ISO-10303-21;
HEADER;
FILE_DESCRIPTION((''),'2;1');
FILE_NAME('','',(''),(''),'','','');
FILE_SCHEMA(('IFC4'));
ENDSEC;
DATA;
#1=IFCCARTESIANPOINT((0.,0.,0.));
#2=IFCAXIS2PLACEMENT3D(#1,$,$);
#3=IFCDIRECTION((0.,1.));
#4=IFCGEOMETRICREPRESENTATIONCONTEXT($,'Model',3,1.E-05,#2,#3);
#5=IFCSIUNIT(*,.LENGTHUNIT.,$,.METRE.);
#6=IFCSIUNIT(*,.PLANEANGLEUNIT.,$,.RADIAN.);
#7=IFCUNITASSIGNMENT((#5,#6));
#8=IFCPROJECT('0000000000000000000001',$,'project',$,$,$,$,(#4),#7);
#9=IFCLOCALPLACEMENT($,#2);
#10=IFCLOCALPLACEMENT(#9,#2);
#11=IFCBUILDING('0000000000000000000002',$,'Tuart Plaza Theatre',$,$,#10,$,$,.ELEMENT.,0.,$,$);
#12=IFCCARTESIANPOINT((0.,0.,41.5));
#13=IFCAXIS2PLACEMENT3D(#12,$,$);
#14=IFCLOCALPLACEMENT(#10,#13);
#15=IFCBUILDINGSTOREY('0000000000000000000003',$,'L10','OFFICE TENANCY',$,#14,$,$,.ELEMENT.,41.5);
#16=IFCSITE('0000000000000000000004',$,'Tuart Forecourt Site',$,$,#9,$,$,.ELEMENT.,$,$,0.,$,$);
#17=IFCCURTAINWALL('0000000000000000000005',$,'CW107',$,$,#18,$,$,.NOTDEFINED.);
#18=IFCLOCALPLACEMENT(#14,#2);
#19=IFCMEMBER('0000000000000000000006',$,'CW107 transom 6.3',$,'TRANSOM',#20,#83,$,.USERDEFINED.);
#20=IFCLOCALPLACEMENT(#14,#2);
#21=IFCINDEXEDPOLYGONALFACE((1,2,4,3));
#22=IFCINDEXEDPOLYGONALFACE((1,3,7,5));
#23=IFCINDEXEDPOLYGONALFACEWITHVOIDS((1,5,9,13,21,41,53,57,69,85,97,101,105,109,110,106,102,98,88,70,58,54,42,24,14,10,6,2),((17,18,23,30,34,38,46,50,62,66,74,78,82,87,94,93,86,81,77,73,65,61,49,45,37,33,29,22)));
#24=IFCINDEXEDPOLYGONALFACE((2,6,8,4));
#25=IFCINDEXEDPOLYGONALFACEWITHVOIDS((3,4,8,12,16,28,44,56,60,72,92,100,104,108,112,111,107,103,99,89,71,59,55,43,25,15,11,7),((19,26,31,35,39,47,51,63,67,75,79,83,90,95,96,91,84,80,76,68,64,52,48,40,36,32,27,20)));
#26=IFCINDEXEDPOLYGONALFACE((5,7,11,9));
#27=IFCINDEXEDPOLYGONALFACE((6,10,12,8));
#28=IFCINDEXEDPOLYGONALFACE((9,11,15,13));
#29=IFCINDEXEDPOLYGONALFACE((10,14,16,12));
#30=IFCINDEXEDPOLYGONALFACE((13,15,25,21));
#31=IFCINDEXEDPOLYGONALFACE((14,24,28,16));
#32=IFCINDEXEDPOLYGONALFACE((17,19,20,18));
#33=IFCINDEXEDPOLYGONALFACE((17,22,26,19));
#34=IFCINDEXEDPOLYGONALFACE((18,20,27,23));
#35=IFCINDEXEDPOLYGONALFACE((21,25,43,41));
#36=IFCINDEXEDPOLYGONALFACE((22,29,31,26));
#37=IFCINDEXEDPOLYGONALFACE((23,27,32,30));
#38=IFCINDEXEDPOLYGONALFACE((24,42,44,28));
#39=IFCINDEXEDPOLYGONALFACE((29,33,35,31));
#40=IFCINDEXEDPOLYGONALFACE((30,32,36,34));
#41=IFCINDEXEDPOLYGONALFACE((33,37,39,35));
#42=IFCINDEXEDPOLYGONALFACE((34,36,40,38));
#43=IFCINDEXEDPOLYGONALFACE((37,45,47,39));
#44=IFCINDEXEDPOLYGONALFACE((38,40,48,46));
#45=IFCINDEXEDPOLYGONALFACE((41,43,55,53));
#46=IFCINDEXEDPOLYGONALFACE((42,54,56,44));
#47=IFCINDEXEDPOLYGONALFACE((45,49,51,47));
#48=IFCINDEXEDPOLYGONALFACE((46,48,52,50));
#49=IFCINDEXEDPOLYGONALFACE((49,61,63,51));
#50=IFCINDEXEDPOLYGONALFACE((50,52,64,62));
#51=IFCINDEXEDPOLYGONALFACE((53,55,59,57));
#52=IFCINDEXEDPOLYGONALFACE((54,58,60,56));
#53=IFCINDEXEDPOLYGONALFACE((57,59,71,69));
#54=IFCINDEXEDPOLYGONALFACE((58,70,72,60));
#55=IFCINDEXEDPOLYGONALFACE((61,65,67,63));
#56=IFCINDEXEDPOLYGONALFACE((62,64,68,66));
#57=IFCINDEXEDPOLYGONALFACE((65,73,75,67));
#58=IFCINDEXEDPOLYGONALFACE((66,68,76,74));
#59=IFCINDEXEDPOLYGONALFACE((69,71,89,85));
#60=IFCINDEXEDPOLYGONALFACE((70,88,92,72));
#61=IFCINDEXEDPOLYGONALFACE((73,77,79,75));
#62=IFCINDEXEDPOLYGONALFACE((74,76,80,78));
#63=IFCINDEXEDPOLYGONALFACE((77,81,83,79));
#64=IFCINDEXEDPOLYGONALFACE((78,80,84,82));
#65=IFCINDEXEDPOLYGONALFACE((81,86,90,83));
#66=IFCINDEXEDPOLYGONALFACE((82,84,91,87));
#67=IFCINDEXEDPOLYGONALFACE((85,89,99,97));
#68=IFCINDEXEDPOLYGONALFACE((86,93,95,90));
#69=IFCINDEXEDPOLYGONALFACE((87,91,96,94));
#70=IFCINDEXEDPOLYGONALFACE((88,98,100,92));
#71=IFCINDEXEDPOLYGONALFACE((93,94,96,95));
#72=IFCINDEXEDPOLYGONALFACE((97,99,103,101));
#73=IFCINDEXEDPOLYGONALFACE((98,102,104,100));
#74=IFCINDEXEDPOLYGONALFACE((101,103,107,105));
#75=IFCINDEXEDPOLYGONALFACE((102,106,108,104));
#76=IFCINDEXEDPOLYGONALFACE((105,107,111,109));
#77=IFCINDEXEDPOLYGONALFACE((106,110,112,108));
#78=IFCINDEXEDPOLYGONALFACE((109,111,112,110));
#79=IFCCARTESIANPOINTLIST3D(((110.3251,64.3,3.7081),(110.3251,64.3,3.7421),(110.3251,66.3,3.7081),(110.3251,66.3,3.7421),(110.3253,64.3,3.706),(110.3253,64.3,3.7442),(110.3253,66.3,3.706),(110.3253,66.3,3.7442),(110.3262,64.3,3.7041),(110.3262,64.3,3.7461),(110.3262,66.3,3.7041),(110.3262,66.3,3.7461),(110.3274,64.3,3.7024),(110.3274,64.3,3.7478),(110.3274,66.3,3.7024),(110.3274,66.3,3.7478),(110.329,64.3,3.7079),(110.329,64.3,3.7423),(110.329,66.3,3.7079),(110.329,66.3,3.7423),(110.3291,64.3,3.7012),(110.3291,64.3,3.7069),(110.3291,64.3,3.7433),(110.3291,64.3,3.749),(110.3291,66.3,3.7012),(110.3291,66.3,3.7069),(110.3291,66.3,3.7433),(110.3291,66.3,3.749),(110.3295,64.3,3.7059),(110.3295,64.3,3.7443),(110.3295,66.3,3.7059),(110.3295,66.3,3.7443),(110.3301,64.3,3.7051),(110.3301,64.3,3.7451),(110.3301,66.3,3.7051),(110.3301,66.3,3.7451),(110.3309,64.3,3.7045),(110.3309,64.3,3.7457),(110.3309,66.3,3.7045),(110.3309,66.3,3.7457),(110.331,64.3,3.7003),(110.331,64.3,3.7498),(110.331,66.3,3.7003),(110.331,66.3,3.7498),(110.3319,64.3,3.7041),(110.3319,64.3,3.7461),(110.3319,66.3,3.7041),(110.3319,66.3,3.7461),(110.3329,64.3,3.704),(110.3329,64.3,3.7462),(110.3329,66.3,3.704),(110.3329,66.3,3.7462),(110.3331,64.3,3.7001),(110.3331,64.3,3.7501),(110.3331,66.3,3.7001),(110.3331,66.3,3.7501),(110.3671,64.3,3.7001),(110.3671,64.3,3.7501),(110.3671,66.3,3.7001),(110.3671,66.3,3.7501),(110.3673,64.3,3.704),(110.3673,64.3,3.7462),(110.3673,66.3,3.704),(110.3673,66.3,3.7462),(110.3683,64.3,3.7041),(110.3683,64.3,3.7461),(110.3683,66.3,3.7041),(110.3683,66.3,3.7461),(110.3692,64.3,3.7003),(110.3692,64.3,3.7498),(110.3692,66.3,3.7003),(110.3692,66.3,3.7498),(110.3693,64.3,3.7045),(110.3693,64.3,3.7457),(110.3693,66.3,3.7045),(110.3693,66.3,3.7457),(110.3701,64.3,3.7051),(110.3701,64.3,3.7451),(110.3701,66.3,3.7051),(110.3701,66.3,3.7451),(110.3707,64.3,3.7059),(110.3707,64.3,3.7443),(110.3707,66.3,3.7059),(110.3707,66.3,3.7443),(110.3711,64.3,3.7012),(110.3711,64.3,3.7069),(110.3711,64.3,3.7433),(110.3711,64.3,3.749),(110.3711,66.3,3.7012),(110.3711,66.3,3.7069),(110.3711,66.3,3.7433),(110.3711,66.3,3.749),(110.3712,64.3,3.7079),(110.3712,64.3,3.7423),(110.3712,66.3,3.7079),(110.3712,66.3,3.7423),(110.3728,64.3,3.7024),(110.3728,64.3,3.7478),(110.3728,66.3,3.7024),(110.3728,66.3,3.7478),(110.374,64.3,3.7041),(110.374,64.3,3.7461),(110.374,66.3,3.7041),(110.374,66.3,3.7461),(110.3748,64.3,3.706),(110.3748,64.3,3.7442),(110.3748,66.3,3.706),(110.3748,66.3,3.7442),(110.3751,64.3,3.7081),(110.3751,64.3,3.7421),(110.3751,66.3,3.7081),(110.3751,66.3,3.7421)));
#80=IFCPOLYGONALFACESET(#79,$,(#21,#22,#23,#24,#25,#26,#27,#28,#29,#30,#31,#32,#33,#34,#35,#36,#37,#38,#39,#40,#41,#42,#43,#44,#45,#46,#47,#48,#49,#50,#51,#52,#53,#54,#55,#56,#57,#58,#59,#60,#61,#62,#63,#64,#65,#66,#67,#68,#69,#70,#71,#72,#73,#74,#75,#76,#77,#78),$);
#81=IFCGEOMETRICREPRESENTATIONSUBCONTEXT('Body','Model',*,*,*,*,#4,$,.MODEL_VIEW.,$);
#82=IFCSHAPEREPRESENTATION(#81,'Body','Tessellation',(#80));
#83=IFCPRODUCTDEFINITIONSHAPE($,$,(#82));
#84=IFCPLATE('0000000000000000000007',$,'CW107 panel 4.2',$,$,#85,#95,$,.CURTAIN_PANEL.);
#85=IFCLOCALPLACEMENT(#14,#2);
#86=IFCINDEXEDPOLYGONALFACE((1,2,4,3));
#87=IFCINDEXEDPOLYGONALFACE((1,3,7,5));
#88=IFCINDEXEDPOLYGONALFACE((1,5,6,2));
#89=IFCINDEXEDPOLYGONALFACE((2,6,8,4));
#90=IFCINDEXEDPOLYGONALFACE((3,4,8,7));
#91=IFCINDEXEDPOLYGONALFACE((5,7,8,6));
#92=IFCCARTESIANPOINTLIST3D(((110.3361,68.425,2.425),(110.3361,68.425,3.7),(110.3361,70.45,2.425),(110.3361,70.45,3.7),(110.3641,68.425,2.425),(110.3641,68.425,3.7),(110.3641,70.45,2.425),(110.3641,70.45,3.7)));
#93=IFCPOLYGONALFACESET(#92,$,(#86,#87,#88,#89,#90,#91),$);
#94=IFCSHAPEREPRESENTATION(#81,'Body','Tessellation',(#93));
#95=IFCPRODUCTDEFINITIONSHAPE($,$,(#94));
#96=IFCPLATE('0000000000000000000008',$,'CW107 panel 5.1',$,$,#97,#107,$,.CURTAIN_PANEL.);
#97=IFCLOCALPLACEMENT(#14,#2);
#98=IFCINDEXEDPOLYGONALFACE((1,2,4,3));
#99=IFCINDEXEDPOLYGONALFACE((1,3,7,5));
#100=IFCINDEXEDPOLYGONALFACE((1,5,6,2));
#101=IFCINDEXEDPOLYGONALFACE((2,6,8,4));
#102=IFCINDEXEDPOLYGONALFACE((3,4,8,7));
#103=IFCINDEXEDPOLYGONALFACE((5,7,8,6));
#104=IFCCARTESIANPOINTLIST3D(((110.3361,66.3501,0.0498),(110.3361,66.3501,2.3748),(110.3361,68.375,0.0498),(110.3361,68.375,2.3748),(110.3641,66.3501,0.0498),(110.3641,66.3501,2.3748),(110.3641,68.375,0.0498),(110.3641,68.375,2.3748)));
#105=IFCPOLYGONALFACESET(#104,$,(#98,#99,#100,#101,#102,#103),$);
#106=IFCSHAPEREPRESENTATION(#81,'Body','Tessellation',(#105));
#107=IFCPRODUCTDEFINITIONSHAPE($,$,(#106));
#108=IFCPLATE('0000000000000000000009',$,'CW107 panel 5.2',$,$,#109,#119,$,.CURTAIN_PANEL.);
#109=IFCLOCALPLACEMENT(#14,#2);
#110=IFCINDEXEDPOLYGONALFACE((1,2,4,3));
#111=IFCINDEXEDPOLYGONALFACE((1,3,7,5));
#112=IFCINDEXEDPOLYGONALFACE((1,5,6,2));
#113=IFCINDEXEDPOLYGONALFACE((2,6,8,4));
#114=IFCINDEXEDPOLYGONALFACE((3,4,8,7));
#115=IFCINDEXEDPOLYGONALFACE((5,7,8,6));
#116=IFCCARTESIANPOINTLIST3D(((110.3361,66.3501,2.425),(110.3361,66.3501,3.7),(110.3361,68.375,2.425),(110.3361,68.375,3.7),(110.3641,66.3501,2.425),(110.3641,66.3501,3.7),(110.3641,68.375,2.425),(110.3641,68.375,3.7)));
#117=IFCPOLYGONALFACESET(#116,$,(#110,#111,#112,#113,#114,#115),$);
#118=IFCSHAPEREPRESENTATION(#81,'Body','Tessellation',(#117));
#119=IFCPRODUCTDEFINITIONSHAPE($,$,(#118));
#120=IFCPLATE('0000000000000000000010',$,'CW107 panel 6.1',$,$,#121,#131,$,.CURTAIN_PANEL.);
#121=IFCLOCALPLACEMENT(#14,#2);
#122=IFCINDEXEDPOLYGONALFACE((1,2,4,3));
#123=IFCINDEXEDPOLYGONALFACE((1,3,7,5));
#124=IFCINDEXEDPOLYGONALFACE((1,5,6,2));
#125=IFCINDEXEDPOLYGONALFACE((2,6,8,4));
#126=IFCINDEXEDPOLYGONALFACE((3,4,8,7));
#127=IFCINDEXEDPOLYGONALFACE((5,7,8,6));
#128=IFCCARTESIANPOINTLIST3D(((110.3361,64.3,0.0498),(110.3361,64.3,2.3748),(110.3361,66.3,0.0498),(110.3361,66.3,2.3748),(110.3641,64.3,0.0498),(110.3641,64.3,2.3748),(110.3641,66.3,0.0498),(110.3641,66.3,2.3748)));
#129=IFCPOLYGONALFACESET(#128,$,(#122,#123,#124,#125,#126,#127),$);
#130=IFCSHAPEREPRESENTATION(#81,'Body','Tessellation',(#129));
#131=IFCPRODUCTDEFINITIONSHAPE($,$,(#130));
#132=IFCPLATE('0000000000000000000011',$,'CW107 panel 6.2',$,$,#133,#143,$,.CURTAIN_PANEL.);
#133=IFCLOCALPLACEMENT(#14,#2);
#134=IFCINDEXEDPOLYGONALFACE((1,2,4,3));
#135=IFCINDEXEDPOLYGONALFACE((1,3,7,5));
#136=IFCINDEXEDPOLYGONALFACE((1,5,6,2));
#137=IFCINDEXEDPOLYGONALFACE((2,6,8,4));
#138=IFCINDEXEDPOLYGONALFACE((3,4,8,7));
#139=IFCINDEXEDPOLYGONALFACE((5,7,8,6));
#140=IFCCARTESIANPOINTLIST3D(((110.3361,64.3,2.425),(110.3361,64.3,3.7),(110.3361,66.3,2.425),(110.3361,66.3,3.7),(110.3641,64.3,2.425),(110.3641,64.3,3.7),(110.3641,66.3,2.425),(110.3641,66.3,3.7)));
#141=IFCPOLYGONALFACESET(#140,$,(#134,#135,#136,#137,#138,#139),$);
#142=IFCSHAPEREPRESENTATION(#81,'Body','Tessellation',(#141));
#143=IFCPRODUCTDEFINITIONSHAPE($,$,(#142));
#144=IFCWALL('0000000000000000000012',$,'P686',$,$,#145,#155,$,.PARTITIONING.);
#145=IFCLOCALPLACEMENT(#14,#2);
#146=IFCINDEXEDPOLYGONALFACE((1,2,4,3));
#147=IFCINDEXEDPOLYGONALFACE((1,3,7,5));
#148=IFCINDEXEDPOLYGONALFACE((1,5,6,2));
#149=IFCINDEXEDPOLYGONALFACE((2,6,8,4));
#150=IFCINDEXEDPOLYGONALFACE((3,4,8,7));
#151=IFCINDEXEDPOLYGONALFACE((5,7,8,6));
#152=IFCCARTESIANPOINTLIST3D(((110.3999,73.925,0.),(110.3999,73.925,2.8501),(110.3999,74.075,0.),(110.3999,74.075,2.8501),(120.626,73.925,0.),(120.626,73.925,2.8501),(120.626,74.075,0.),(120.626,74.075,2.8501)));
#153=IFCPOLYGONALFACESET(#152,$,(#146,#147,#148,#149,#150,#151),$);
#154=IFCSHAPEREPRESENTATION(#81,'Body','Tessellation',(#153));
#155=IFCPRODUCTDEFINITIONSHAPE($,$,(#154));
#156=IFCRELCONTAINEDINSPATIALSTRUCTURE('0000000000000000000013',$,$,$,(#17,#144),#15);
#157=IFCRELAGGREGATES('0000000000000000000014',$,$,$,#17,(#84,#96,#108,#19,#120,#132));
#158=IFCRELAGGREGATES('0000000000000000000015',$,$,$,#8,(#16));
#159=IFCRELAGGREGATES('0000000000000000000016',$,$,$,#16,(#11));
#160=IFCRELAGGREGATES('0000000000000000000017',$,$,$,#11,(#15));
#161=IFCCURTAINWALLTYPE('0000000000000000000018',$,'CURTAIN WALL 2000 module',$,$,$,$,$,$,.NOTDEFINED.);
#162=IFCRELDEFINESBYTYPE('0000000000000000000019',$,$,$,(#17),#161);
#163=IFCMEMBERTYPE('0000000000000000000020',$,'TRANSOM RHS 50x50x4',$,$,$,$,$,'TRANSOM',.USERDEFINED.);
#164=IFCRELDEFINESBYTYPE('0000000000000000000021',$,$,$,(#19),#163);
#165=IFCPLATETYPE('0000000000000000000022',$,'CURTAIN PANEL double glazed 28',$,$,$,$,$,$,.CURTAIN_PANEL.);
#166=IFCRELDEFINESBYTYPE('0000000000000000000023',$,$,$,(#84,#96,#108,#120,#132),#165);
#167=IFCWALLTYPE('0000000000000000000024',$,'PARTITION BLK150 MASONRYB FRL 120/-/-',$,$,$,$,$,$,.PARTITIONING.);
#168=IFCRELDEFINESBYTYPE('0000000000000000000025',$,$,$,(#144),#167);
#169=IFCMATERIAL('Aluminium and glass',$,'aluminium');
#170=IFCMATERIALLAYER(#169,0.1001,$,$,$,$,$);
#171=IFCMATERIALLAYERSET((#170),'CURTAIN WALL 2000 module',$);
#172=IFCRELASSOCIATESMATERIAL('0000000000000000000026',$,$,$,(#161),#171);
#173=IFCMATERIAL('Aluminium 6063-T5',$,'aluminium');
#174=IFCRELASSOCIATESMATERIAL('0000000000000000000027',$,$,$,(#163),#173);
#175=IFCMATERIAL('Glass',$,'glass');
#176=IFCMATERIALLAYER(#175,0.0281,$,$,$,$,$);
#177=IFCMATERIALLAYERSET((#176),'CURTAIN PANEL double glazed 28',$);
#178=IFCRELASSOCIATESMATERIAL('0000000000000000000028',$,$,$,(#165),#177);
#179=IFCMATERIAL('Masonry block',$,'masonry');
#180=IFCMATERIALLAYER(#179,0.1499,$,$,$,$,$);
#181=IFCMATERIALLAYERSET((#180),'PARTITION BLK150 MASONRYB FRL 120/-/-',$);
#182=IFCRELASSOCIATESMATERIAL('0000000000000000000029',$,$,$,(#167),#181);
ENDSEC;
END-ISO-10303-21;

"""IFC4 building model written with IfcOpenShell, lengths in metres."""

from ifc_helpers import new_model, si_unit, direction, frame, frame_2d, origin, origin_2d, place, context, subcontext, project, spatial, rectangle, hollow_rectangle, extrude, material, layer, layer_set, material_profile, profile_set, type_object, element, aggregate, save


model = new_model("IFC4")

# Units and contexts
model_context = context("Model", 3, precision=1e-05, world=origin(), true_north=direction((0.0, 1.0)))
body_context = subcontext(model_context, "Body", "Model", "MODEL_VIEW")
ifc_project = project(units=[si_unit("LENGTHUNIT", "METRE"), si_unit("PLANEANGLEUNIT", "RADIAN")], contexts=[model_context])

# Site, building, storey
site_placement = place(None, origin())
site = spatial("IfcSite", under=ifc_project, at=site_placement, Name="Tuart Forecourt Site", CompositionType="ELEMENT", RefElevation=0.0)
building_placement = place(site_placement, origin())
building = spatial("IfcBuilding", under=site, at=building_placement, Name="Tuart Plaza Theatre", CompositionType="ELEMENT", ElevationOfRefHeight=0.0)
storey_placement = place(building_placement, frame((0.0, 0.0, 41.5)))
storey = spatial("IfcBuildingStorey", under=building, at=storey_placement, Name="L10", Description="OFFICE TENANCY", CompositionType="ELEMENT", Elevation=41.5)

# Curtain wall, member, plates
ifc_material_1 = material(Name="Aluminium and glass", Category="aluminium")
ifc_layer_1 = layer(ifc_material_1, 0.1001)
ifc_layer_set_1 = layer_set([ifc_layer_1], Name="CURTAIN WALL 2000 module")
curtain_wall_type = type_object("IfcCurtainWallType", Name="CURTAIN WALL 2000 module", PredefinedType="NOTDEFINED", material=ifc_layer_set_1)
curtain_wall_placement = place(storey_placement, origin())
curtain_wall = element("IfcCurtainWall", 1, at=curtain_wall_placement, inside=storey, type_object=curtain_wall_type, Name="CW107", PredefinedType="NOTDEFINED")
ifc_material_2 = material(Name="Aluminium 6063-T5", Category="aluminium")
ifc_material_profile_1 = material_profile(ifc_material_2, hollow_rectangle(XDim=0.05, YDim=0.05, WallThickness=0.0039, InnerFilletRadius=0.0039, OuterFilletRadius=0.0081, at=origin_2d()), Name="RHS 50x50x4")
ifc_profile_set_1 = profile_set([ifc_material_profile_1], Name="Aluminium 6063-T5")
member_type = type_object("IfcMemberType", Name="TRANSOM RHS 50x50x4", ElementType="TRANSOM", PredefinedType="USERDEFINED", material=ifc_profile_set_1)
member_1_placement = place(storey_placement, frame((110.3501, 66.3, 3.7251), z_axis=(0.0, -1.0, 0.0), x_axis=(1.0, 0.0, 0.0)))
member_1 = element("IfcMember", 2, at=member_1_placement, type_object=member_type, Name="CW107 transom 6.3", ObjectType="TRANSOM", PredefinedType="USERDEFINED", context=body_context, shape_type="SweptSolid", body=[
    extrude(hollow_rectangle(XDim=0.05, YDim=0.05, WallThickness=0.0039, InnerFilletRadius=0.0039, OuterFilletRadius=0.0081, at=origin_2d()), origin(), (0.0, 0.0, 1.0), 2.0),
])
ifc_material_3 = material(Name="Glass", Category="glass")
ifc_layer_2 = layer(ifc_material_3, 0.0281)
ifc_layer_set_2 = layer_set([ifc_layer_2], Name="CURTAIN PANEL double glazed 28")
plate_type = type_object("IfcPlateType", Name="CURTAIN PANEL double glazed 28", PredefinedType="CURTAIN_PANEL", material=ifc_layer_set_2)
plate_1_placement = place(storey_placement, frame((110.3501, 69.4375, 2.425), z_axis=(0.0, 0.0, 1.0), x_axis=(0.0, -1.0, 0.0)))
plate_1 = element("IfcPlate", 3, at=plate_1_placement, type_object=plate_type, Name="CW107 panel 4.2", PredefinedType="CURTAIN_PANEL", context=body_context, shape_type="SweptSolid", body=[
    extrude(rectangle(XDim=2.0249, YDim=0.0281, at=origin_2d()), origin(), (0.0, 0.0, 1.0), 1.2749),
])
plate_2_placement = place(storey_placement, frame((110.3501, 67.3625, 0.0498), z_axis=(0.0, 0.0, 1.0), x_axis=(0.0, -1.0, 0.0)))
plate_2 = element("IfcPlate", 4, at=plate_2_placement, type_object=plate_type, Name="CW107 panel 5.1", PredefinedType="CURTAIN_PANEL", context=body_context, shape_type="SweptSolid", body=[
    extrude(rectangle(XDim=2.0249, YDim=0.0281, at=origin_2d()), origin(), (0.0, 0.0, 1.0), 2.325),
])
plate_3_placement = place(storey_placement, frame((110.3501, 67.3625, 2.425), z_axis=(0.0, 0.0, 1.0), x_axis=(0.0, -1.0, 0.0)))
plate_3 = element("IfcPlate", 5, at=plate_3_placement, type_object=plate_type, Name="CW107 panel 5.2", PredefinedType="CURTAIN_PANEL", context=body_context, shape_type="SweptSolid", body=[
    extrude(rectangle(XDim=2.0249, YDim=0.0281, at=origin_2d()), origin(), (0.0, 0.0, 1.0), 1.2749),
])
plate_4_placement = place(storey_placement, frame((110.3501, 65.3, 0.0498), z_axis=(0.0, 0.0, 1.0), x_axis=(0.0, -1.0, 0.0)))
plate_4 = element("IfcPlate", 6, at=plate_4_placement, type_object=plate_type, Name="CW107 panel 6.1", PredefinedType="CURTAIN_PANEL", context=body_context, shape_type="SweptSolid", body=[
    extrude(rectangle(XDim=2.0, YDim=0.0281, at=origin_2d()), origin(), (0.0, 0.0, 1.0), 2.325),
])
plate_5_placement = place(storey_placement, frame((110.3501, 65.3, 2.425), z_axis=(0.0, 0.0, 1.0), x_axis=(0.0, -1.0, 0.0)))
plate_5 = element("IfcPlate", 7, at=plate_5_placement, type_object=plate_type, Name="CW107 panel 6.2", PredefinedType="CURTAIN_PANEL", context=body_context, shape_type="SweptSolid", body=[
    extrude(rectangle(XDim=2.0, YDim=0.0281, at=origin_2d()), origin(), (0.0, 0.0, 1.0), 1.2749),
])
aggregate(curtain_wall, [plate_1, plate_2, plate_3, member_1, plate_4, plate_5])

# Wall
ifc_material_4 = material(Name="Masonry block", Category="masonry")
ifc_layer_3 = layer(ifc_material_4, 0.1499)
ifc_layer_set_3 = layer_set([ifc_layer_3], Name="PARTITION BLK150 MASONRYB FRL 120/-/-")
wall_type_1 = type_object("IfcWallType", Name="PARTITION BLK150 MASONRYB FRL 120/-/-", PredefinedType="PARTITIONING", material=ifc_layer_set_3)
wall_1_placement = place(storey_placement, frame((110.3999, 74.0, 0.0), z_axis=(0.0, 0.0, 1.0), x_axis=(1.0, 0.0, 0.0)))
element("IfcWall", 8, at=wall_1_placement, inside=storey, type_object=wall_type_1, Name="P686", PredefinedType="PARTITIONING", context=body_context, shape_type="SweptSolid", body=[
    extrude(rectangle(XDim=10.2261, YDim=0.1499, at=frame_2d((5.113, 0.0))), origin(), (0.0, 0.0, 1.0), 2.8501),
])

save(model, "model.ifc")
